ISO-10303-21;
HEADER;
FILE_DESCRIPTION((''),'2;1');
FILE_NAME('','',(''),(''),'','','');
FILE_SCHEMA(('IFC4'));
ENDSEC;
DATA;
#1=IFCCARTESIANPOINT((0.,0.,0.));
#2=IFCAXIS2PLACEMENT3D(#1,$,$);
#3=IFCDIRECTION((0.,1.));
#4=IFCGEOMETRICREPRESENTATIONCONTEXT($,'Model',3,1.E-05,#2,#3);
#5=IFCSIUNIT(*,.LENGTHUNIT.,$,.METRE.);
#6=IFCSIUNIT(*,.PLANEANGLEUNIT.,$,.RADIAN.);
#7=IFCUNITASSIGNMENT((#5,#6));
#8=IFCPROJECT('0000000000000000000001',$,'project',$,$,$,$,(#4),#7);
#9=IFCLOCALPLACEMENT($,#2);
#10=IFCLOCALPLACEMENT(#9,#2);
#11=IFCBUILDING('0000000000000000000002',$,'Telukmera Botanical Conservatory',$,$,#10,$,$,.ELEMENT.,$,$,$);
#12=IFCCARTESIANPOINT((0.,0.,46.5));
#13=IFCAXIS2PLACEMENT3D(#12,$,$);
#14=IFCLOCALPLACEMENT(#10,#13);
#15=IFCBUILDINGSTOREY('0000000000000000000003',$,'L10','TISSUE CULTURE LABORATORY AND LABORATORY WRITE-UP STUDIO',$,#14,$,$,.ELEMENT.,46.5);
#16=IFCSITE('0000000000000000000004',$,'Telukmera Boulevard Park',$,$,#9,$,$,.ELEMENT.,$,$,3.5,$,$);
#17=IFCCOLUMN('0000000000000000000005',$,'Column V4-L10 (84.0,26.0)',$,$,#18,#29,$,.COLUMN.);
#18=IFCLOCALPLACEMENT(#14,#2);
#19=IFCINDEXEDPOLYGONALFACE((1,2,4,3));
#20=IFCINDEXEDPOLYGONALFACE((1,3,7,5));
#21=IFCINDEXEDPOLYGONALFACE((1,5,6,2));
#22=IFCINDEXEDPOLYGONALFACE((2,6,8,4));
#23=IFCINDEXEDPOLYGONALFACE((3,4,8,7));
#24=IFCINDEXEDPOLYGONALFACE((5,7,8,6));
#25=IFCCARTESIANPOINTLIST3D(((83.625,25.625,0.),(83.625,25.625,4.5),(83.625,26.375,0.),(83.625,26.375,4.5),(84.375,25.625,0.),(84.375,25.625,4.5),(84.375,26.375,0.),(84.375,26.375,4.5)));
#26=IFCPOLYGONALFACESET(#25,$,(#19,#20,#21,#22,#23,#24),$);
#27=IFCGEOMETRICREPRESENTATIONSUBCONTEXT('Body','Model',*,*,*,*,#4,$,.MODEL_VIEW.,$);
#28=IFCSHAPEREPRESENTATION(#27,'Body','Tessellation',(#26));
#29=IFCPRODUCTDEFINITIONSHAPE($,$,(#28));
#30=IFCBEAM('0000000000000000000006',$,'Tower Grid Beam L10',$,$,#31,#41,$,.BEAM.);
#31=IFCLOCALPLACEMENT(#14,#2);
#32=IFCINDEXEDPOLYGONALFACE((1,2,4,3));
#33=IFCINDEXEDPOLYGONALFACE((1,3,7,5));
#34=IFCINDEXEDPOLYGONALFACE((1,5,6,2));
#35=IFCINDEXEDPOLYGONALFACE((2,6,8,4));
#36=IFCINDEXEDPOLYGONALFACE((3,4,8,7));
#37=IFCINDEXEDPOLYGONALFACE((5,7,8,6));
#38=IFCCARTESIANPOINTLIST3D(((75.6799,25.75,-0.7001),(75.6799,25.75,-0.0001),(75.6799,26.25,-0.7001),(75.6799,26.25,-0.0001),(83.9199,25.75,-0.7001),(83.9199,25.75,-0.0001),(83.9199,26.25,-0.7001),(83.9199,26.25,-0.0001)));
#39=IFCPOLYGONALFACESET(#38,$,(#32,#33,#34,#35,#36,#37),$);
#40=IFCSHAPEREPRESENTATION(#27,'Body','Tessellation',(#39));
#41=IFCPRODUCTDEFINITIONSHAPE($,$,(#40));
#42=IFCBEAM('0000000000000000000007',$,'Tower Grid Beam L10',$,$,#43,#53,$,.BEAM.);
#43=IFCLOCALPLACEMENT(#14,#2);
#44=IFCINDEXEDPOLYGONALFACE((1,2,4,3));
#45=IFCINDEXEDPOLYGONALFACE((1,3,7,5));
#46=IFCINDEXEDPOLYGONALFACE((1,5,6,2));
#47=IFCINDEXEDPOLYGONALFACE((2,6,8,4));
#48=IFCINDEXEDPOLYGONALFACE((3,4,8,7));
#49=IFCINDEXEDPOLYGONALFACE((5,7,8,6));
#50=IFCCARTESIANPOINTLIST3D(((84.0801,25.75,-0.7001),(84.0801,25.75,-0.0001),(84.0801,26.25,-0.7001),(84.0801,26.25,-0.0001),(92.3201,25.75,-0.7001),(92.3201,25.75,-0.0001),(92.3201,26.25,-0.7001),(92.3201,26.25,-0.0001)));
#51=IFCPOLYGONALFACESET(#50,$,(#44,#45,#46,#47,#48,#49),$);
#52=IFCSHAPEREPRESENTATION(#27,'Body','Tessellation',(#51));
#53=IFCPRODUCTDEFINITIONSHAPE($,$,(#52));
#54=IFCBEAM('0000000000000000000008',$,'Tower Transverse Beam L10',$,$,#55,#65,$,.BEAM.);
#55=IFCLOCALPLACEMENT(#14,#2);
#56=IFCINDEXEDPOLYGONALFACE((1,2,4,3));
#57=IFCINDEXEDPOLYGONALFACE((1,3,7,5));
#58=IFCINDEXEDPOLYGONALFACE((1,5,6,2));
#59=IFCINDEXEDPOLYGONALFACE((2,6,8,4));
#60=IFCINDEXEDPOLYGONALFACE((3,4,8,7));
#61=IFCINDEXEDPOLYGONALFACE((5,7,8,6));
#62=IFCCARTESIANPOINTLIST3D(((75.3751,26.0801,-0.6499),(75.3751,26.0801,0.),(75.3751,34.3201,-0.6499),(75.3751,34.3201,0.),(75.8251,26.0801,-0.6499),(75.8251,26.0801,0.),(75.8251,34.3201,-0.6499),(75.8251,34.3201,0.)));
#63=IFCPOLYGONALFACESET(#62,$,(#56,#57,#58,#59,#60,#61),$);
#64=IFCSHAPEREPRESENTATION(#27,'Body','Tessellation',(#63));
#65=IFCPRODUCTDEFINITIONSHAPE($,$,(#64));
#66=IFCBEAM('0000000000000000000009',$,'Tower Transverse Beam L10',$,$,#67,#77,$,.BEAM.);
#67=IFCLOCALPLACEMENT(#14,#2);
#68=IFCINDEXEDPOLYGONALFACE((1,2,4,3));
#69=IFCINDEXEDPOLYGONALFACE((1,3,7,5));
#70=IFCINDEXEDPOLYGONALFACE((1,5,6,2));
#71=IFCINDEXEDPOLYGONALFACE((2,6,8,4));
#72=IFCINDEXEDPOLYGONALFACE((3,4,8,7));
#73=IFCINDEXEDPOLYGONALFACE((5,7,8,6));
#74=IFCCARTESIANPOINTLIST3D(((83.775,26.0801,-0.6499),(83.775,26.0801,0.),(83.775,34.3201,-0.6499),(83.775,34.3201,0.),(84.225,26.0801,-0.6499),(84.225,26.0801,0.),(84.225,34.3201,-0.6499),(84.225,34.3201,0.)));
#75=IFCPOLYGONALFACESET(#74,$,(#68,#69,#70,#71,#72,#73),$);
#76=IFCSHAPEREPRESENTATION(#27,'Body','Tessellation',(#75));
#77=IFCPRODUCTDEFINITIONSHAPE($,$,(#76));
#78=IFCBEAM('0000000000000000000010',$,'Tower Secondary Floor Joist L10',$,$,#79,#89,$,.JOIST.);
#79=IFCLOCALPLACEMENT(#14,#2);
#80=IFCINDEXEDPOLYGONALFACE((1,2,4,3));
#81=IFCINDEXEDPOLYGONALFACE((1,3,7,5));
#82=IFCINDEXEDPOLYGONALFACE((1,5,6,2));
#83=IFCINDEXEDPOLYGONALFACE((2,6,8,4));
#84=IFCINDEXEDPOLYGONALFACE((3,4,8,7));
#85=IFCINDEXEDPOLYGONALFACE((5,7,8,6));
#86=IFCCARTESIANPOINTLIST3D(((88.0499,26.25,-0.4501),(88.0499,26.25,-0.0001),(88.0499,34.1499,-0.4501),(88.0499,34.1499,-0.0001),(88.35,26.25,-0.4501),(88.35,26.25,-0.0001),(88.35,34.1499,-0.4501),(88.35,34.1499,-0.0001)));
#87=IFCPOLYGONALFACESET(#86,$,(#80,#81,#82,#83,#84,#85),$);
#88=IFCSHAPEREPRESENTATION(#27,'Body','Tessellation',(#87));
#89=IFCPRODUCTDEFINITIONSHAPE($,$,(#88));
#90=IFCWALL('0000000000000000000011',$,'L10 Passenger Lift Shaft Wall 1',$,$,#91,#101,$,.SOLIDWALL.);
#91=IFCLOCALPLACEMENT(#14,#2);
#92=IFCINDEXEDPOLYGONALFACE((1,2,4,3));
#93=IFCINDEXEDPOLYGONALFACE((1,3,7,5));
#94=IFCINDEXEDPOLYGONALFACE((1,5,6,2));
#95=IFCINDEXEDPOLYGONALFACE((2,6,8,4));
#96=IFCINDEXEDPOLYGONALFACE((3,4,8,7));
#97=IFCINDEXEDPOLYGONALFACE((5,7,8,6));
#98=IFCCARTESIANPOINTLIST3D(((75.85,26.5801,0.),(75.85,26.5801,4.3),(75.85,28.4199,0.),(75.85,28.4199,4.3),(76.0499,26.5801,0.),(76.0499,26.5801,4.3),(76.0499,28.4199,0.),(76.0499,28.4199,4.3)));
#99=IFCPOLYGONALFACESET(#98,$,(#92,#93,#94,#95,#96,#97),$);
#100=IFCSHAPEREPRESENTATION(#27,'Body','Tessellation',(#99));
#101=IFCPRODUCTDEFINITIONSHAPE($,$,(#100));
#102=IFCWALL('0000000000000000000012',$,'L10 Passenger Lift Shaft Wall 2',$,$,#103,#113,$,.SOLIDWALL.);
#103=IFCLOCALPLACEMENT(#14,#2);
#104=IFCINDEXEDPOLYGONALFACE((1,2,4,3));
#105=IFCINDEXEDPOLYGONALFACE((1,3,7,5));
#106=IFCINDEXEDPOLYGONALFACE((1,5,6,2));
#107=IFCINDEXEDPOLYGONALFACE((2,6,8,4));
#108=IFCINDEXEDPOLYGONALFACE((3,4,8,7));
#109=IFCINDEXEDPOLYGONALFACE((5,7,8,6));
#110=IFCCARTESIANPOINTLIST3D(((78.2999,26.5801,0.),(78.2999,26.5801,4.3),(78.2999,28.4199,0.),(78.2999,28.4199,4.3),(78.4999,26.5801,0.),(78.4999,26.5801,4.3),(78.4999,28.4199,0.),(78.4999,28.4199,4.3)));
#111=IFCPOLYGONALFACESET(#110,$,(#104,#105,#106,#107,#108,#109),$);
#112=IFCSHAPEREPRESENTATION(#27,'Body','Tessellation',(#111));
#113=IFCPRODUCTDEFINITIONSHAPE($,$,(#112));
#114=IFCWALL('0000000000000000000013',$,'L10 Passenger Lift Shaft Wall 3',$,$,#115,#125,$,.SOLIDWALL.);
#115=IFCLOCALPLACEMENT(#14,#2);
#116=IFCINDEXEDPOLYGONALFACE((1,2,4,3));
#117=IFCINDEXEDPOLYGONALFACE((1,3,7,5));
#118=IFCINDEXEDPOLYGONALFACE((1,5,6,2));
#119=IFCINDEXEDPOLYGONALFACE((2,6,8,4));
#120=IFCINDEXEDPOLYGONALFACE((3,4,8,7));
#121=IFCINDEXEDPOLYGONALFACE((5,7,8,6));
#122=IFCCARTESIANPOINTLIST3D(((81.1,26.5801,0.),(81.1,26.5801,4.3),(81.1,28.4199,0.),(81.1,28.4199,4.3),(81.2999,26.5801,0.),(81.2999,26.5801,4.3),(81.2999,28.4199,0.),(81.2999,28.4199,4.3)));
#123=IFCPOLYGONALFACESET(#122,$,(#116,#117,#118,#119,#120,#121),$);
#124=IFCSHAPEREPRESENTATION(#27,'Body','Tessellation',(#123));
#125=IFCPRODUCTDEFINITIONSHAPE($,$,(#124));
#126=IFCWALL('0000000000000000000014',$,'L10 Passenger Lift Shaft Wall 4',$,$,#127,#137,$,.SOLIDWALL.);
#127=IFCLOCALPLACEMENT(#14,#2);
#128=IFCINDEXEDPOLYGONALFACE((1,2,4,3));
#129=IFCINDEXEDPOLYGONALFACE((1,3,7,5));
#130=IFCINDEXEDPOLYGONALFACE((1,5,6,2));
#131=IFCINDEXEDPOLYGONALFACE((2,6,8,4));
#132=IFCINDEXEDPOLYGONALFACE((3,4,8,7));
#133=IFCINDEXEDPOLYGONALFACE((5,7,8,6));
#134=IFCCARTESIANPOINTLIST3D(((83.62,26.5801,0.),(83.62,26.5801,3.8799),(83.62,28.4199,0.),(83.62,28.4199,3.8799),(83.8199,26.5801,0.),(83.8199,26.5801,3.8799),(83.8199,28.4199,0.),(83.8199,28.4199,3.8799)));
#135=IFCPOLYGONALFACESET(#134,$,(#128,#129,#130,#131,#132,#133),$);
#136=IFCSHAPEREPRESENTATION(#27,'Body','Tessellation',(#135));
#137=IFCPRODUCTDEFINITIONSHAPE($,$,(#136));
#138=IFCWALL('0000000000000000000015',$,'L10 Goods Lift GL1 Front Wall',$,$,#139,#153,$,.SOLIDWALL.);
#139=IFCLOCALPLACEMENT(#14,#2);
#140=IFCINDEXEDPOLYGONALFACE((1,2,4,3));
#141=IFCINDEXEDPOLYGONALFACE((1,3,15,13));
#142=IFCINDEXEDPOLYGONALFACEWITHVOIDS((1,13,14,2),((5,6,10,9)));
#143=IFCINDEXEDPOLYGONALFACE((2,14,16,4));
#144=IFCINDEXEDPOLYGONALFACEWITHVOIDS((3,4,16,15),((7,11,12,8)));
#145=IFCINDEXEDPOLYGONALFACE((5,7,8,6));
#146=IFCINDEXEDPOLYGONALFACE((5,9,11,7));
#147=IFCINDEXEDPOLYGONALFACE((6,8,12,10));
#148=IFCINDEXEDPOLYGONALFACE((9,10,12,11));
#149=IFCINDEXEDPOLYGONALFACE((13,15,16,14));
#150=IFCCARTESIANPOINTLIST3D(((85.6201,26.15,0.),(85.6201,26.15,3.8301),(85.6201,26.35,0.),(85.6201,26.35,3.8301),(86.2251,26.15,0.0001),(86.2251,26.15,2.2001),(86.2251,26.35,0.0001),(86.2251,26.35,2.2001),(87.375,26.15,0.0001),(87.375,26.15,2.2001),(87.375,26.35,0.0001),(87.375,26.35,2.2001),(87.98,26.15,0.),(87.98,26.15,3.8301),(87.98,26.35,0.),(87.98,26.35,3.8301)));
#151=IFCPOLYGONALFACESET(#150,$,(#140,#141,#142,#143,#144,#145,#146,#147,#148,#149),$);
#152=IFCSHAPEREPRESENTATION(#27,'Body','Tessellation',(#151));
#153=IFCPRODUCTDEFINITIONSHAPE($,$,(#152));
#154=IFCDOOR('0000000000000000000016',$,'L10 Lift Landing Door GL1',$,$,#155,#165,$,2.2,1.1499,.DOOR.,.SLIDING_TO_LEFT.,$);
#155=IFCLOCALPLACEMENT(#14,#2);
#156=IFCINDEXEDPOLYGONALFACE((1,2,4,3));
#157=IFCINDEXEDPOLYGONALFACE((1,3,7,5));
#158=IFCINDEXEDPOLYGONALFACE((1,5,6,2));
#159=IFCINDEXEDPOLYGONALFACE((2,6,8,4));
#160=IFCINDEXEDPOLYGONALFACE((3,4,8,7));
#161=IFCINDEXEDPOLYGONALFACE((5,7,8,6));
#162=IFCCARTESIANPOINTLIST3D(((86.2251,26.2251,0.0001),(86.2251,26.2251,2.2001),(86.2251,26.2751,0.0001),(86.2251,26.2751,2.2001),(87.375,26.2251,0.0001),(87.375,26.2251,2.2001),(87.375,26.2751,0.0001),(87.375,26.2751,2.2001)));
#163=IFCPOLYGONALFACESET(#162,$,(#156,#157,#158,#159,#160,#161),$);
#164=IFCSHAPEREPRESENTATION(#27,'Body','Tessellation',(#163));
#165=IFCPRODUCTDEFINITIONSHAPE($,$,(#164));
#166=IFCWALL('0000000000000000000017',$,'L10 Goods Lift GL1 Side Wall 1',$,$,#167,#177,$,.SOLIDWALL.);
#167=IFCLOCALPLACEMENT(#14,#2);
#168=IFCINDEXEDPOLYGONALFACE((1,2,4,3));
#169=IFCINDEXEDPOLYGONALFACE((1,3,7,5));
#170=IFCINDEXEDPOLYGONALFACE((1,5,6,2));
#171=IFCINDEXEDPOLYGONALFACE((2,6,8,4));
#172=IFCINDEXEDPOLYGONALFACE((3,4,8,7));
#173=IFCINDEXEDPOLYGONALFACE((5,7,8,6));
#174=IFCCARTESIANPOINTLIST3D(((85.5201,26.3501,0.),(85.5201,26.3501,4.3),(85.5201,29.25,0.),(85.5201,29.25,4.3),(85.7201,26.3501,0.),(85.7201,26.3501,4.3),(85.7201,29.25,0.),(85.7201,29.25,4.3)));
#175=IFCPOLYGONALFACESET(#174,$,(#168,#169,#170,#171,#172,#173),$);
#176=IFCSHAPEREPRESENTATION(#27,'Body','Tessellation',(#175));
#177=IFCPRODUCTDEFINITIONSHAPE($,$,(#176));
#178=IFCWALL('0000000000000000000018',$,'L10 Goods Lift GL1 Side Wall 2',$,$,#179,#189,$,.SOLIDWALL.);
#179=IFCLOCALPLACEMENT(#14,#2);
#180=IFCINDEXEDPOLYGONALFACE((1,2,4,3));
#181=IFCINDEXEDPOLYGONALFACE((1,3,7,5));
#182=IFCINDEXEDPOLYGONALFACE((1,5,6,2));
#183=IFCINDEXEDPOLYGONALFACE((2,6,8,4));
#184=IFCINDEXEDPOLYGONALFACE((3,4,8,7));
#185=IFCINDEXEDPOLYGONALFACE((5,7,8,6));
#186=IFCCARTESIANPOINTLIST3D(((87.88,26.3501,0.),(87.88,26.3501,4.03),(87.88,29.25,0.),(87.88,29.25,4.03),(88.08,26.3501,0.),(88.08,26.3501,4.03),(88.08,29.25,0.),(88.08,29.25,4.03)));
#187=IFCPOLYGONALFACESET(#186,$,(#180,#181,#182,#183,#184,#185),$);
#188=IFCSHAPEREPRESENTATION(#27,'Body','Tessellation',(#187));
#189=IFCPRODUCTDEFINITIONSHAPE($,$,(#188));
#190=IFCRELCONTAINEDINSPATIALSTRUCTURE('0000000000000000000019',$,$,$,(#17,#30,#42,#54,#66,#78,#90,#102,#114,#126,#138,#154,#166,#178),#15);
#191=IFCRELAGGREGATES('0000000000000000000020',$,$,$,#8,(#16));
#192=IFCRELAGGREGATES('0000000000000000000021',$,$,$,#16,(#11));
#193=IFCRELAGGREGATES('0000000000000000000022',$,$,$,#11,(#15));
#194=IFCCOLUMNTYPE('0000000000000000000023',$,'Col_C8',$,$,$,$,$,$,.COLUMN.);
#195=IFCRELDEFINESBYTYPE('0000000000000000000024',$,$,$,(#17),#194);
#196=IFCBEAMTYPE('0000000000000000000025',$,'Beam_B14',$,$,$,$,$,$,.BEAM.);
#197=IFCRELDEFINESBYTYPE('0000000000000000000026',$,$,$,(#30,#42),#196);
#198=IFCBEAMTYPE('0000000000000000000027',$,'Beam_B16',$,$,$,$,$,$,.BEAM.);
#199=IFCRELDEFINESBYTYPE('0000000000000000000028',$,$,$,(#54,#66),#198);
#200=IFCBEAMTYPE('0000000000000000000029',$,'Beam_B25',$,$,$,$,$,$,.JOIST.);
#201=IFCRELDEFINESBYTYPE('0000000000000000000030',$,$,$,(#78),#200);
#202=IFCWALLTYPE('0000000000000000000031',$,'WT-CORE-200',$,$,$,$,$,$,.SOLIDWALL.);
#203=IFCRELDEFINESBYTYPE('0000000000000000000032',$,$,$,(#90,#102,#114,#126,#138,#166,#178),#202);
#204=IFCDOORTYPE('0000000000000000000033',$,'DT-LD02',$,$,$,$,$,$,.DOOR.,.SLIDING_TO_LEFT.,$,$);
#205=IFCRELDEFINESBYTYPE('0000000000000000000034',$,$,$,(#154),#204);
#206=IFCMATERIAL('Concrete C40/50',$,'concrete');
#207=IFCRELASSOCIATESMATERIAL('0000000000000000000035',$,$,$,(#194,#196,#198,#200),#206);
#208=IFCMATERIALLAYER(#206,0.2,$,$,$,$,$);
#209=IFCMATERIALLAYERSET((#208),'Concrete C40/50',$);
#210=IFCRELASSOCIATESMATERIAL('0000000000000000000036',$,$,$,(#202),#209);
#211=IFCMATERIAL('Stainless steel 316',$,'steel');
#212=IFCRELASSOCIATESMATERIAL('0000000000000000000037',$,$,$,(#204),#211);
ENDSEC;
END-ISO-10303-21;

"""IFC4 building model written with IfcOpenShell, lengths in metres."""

from ifc_helpers import new_model, si_unit, direction, frame, frame_2d, origin, origin_2d, place, context, subcontext, project, spatial, rectangle, extrude, material, layer, layer_set, material_profile, profile_set, type_object, element, fill, save


model = new_model("IFC4")

# Units and contexts
model_context = context("Model", 3, precision=1e-05, world=origin(), true_north=direction((0.0, 1.0)))
body_context = subcontext(model_context, "Body", "Model", "MODEL_VIEW")
ifc_project = project(units=[si_unit("LENGTHUNIT", "METRE"), si_unit("PLANEANGLEUNIT", "RADIAN")], contexts=[model_context])

# Site, building, storey
site_placement = place(None, origin())
site = spatial("IfcSite", under=ifc_project, at=site_placement, Name="Telukmera Boulevard Park", CompositionType="ELEMENT", RefElevation=3.5)
building_placement = place(site_placement, origin())
building = spatial("IfcBuilding", under=site, at=building_placement, Name="Telukmera Botanical Conservatory", CompositionType="ELEMENT")
storey_placement = place(building_placement, frame((0.0, 0.0, 46.5)))
storey = spatial("IfcBuildingStorey", under=building, at=storey_placement, Name="L10", Description="TISSUE CULTURE LABORATORY AND LABORATORY WRITE-UP STUDIO", CompositionType="ELEMENT", Elevation=46.5)

# Column
ifc_material_1 = material(Name="Concrete C40/50", Category="concrete")
ifc_material_profile_1 = material_profile(ifc_material_1, rectangle(XDim=0.75, YDim=0.75, at=origin_2d()), Name="RC 750x750")
ifc_profile_set_1 = profile_set([ifc_material_profile_1], Name="Concrete C40/50")
column_type = type_object("IfcColumnType", Name="Col_C8", PredefinedType="COLUMN", material=ifc_profile_set_1)
column_placement = place(storey_placement, frame((84.0, 26.0, 0.0), z_axis=(0.0, 0.0, 1.0), x_axis=(1.0, 0.0, 0.0)))
element("IfcColumn", 1, at=column_placement, inside=storey, type_object=column_type, Name="Column V4-L10 (84.0,26.0)", PredefinedType="COLUMN", context=body_context, shape_type="SweptSolid", body=[
    extrude(rectangle(XDim=0.75, YDim=0.75, at=origin_2d()), origin(), (0.0, 0.0, 1.0), 4.5),
])

# Beams
ifc_material_profile_2 = material_profile(ifc_material_1, rectangle(XDim=0.5, YDim=0.7, at=origin_2d()), Name="RC 500x700")
ifc_profile_set_2 = profile_set([ifc_material_profile_2], Name="Concrete C40/50")
beam_type_1 = type_object("IfcBeamType", Name="Beam_B14", PredefinedType="BEAM", material=ifc_profile_set_2)
for number, where, z_axis, x_axis, name in (
    (2, (75.6799, 26.0, -0.3501), (1.0, 0.0, 0.0), (0.0, 1.0, 0.0), "Tower Grid Beam L10"),
    (3, (84.0801, 26.0, -0.3501), (1.0, 0.0, 0.0), (0.0, 1.0, 0.0), "Tower Grid Beam L10"),
):
    element("IfcBeam", number, at=place(storey_placement, frame(where, z_axis=z_axis, x_axis=x_axis)), inside=storey, type_object=beam_type_1, Name=name, PredefinedType="BEAM", context=body_context, shape_type="SweptSolid", body=[
        extrude(rectangle(XDim=0.5, YDim=0.7, at=origin_2d()), origin(), (0.0, 0.0, 1.0), 8.24),
    ])
ifc_material_profile_3 = material_profile(ifc_material_1, rectangle(XDim=0.45, YDim=0.6499, at=origin_2d()), Name="RC 450x650")
ifc_profile_set_3 = profile_set([ifc_material_profile_3], Name="Concrete C40/50")
beam_type_2 = type_object("IfcBeamType", Name="Beam_B16", PredefinedType="BEAM", material=ifc_profile_set_3)
for number, where, z_axis, x_axis, name in (
    (4, (75.6001, 26.0801, -0.325), (0.0, 1.0, 0.0), (-1.0, 0.0, 0.0), "Tower Transverse Beam L10"),
    (5, (84.0, 26.0801, -0.325), (0.0, 1.0, 0.0), (-1.0, 0.0, 0.0), "Tower Transverse Beam L10"),
):
    element("IfcBeam", number, at=place(storey_placement, frame(where, z_axis=z_axis, x_axis=x_axis)), inside=storey, type_object=beam_type_2, Name=name, PredefinedType="BEAM", context=body_context, shape_type="SweptSolid", body=[
        extrude(rectangle(XDim=0.45, YDim=0.6499, at=origin_2d()), origin(), (0.0, 0.0, 1.0), 8.24),
    ])
ifc_material_profile_4 = material_profile(ifc_material_1, rectangle(XDim=0.3, YDim=0.45, at=origin_2d()), Name="RC 300x450")
ifc_profile_set_4 = profile_set([ifc_material_profile_4], Name="Concrete C40/50")
beam_type_3 = type_object("IfcBeamType", Name="Beam_B25", PredefinedType="JOIST", material=ifc_profile_set_4)
beam_placement = place(storey_placement, frame((88.2, 26.25, -0.2251), z_axis=(0.0, 1.0, 0.0), x_axis=(-1.0, 0.0, 0.0)))
element("IfcBeam", 6, at=beam_placement, inside=storey, type_object=beam_type_3, Name="Tower Secondary Floor Joist L10", PredefinedType="JOIST", context=body_context, shape_type="SweptSolid", body=[
    extrude(rectangle(XDim=0.3, YDim=0.45, at=origin_2d()), origin(), (0.0, 0.0, 1.0), 7.8999),
])

# Shared definitions
ifc_layer_1 = layer(ifc_material_1, 0.2)
ifc_layer_set_1 = layer_set([ifc_layer_1], Name="Concrete C40/50")
wall_type_1 = type_object("IfcWallType", Name="WT-CORE-200", PredefinedType="SOLIDWALL", material=ifc_layer_set_1)
ifc_material_2 = material(Name="Stainless steel 316", Category="steel")

# Walls
for number, where, z_axis, x_axis, name in (
    (7, (75.95, 26.5801, 0.0), (0.0, 0.0, 1.0), (0.0, 1.0, 0.0), "L10 Passenger Lift Shaft Wall 1"),
    (8, (78.3999, 26.5801, 0.0), (0.0, 0.0, 1.0), (0.0, 1.0, 0.0), "L10 Passenger Lift Shaft Wall 2"),
    (9, (81.2, 26.5801, 0.0), (0.0, 0.0, 1.0), (0.0, 1.0, 0.0), "L10 Passenger Lift Shaft Wall 3"),
):
    element("IfcWall", number, at=place(storey_placement, frame(where, z_axis=z_axis, x_axis=x_axis)), inside=storey, type_object=wall_type_1, Name=name, PredefinedType="SOLIDWALL", context=body_context, shape_type="SweptSolid", body=[
        extrude(rectangle(XDim=1.8398, YDim=0.2, at=frame_2d((0.9199, 0.0))), origin(), (0.0, 0.0, 1.0), 4.3),
    ])
wall_1_placement = place(storey_placement, frame((83.72, 26.5801, 0.0), z_axis=(0.0, 0.0, 1.0), x_axis=(0.0, 1.0, 0.0)))
element("IfcWall", 10, at=wall_1_placement, inside=storey, type_object=wall_type_1, Name="L10 Passenger Lift Shaft Wall 4", PredefinedType="SOLIDWALL", context=body_context, shape_type="SweptSolid", body=[
    extrude(rectangle(XDim=1.8398, YDim=0.2, at=frame_2d((0.9199, 0.0))), origin(), (0.0, 0.0, 1.0), 3.8799),
])

# Wall, opening, door
wall_2_placement = place(storey_placement, frame((85.6201, 26.25, 0.0), z_axis=(0.0, 0.0, 1.0), x_axis=(1.0, 0.0, 0.0)))
wall_2 = element("IfcWall", 11, at=wall_2_placement, inside=storey, type_object=wall_type_1, Name="L10 Goods Lift GL1 Front Wall", PredefinedType="SOLIDWALL", context=body_context, shape_type="SweptSolid", body=[
    extrude(rectangle(XDim=2.3599, YDim=0.2, at=frame_2d((1.1799, 0.0))), origin(), (0.0, 0.0, 1.0), 3.8301),
])
opening_1_placement = place(wall_2_placement, frame((0.605, 0.0, 0.0)))
opening_1 = element("IfcOpeningElement", 12, at=opening_1_placement, cuts=wall_2, PredefinedType="OPENING", context=body_context, shape_type="SweptSolid", body=[
    extrude(rectangle(XDim=1.1499, YDim=2.2, at=frame_2d((0.575, 1.1001))), frame((0.0, 0.1099, 0.0), z_axis=(0.0, -1.0, 0.0), x_axis=(1.0, 0.0, 0.0)), (0.0, 0.0, 1.0), 0.22),
])
door_type_1 = type_object("IfcDoorType", Name="DT-LD02", OperationType="SLIDING_TO_LEFT", PredefinedType="DOOR", material=ifc_material_2)
door_1_placement = place(opening_1_placement, frame((1.1499, 0.0, 0.0), z_axis=(0.0, 0.0, 1.0), x_axis=(-1.0, 0.0, 0.0)))
door_1 = element("IfcDoor", 13, at=door_1_placement, inside=storey, type_object=door_type_1, Name="L10 Lift Landing Door GL1", OperationType="SLIDING_TO_LEFT", OverallHeight=2.2, OverallWidth=1.1499, PredefinedType="DOOR", context=body_context, shape_type="SweptSolid", body=[
    extrude(rectangle(XDim=1.1499, YDim=2.2, at=frame_2d((0.575, 1.1001))), frame((0.0, 0.0249, 0.0), z_axis=(0.0, -1.0, 0.0), x_axis=(1.0, 0.0, 0.0)), (0.0, 0.0, 1.0), 0.05),
])
fill(opening_1, door_1)

# Walls
wall_3_placement = place(storey_placement, frame((85.6201, 26.3501, 0.0), z_axis=(0.0, 0.0, 1.0), x_axis=(0.0, 1.0, 0.0)))
element("IfcWall", 14, at=wall_3_placement, inside=storey, type_object=wall_type_1, Name="L10 Goods Lift GL1 Side Wall 1", PredefinedType="SOLIDWALL", context=body_context, shape_type="SweptSolid", body=[
    extrude(rectangle(XDim=2.8999, YDim=0.2, at=frame_2d((1.45, 0.0))), origin(), (0.0, 0.0, 1.0), 4.3),
])
wall_4_placement = place(storey_placement, frame((87.98, 26.3501, 0.0), z_axis=(0.0, 0.0, 1.0), x_axis=(0.0, 1.0, 0.0)))
element("IfcWall", 15, at=wall_4_placement, inside=storey, type_object=wall_type_1, Name="L10 Goods Lift GL1 Side Wall 2", PredefinedType="SOLIDWALL", context=body_context, shape_type="SweptSolid", body=[
    extrude(rectangle(XDim=2.8999, YDim=0.2, at=frame_2d((1.45, 0.0))), origin(), (0.0, 0.0, 1.0), 4.03),
])

save(model, "model.ifc")
